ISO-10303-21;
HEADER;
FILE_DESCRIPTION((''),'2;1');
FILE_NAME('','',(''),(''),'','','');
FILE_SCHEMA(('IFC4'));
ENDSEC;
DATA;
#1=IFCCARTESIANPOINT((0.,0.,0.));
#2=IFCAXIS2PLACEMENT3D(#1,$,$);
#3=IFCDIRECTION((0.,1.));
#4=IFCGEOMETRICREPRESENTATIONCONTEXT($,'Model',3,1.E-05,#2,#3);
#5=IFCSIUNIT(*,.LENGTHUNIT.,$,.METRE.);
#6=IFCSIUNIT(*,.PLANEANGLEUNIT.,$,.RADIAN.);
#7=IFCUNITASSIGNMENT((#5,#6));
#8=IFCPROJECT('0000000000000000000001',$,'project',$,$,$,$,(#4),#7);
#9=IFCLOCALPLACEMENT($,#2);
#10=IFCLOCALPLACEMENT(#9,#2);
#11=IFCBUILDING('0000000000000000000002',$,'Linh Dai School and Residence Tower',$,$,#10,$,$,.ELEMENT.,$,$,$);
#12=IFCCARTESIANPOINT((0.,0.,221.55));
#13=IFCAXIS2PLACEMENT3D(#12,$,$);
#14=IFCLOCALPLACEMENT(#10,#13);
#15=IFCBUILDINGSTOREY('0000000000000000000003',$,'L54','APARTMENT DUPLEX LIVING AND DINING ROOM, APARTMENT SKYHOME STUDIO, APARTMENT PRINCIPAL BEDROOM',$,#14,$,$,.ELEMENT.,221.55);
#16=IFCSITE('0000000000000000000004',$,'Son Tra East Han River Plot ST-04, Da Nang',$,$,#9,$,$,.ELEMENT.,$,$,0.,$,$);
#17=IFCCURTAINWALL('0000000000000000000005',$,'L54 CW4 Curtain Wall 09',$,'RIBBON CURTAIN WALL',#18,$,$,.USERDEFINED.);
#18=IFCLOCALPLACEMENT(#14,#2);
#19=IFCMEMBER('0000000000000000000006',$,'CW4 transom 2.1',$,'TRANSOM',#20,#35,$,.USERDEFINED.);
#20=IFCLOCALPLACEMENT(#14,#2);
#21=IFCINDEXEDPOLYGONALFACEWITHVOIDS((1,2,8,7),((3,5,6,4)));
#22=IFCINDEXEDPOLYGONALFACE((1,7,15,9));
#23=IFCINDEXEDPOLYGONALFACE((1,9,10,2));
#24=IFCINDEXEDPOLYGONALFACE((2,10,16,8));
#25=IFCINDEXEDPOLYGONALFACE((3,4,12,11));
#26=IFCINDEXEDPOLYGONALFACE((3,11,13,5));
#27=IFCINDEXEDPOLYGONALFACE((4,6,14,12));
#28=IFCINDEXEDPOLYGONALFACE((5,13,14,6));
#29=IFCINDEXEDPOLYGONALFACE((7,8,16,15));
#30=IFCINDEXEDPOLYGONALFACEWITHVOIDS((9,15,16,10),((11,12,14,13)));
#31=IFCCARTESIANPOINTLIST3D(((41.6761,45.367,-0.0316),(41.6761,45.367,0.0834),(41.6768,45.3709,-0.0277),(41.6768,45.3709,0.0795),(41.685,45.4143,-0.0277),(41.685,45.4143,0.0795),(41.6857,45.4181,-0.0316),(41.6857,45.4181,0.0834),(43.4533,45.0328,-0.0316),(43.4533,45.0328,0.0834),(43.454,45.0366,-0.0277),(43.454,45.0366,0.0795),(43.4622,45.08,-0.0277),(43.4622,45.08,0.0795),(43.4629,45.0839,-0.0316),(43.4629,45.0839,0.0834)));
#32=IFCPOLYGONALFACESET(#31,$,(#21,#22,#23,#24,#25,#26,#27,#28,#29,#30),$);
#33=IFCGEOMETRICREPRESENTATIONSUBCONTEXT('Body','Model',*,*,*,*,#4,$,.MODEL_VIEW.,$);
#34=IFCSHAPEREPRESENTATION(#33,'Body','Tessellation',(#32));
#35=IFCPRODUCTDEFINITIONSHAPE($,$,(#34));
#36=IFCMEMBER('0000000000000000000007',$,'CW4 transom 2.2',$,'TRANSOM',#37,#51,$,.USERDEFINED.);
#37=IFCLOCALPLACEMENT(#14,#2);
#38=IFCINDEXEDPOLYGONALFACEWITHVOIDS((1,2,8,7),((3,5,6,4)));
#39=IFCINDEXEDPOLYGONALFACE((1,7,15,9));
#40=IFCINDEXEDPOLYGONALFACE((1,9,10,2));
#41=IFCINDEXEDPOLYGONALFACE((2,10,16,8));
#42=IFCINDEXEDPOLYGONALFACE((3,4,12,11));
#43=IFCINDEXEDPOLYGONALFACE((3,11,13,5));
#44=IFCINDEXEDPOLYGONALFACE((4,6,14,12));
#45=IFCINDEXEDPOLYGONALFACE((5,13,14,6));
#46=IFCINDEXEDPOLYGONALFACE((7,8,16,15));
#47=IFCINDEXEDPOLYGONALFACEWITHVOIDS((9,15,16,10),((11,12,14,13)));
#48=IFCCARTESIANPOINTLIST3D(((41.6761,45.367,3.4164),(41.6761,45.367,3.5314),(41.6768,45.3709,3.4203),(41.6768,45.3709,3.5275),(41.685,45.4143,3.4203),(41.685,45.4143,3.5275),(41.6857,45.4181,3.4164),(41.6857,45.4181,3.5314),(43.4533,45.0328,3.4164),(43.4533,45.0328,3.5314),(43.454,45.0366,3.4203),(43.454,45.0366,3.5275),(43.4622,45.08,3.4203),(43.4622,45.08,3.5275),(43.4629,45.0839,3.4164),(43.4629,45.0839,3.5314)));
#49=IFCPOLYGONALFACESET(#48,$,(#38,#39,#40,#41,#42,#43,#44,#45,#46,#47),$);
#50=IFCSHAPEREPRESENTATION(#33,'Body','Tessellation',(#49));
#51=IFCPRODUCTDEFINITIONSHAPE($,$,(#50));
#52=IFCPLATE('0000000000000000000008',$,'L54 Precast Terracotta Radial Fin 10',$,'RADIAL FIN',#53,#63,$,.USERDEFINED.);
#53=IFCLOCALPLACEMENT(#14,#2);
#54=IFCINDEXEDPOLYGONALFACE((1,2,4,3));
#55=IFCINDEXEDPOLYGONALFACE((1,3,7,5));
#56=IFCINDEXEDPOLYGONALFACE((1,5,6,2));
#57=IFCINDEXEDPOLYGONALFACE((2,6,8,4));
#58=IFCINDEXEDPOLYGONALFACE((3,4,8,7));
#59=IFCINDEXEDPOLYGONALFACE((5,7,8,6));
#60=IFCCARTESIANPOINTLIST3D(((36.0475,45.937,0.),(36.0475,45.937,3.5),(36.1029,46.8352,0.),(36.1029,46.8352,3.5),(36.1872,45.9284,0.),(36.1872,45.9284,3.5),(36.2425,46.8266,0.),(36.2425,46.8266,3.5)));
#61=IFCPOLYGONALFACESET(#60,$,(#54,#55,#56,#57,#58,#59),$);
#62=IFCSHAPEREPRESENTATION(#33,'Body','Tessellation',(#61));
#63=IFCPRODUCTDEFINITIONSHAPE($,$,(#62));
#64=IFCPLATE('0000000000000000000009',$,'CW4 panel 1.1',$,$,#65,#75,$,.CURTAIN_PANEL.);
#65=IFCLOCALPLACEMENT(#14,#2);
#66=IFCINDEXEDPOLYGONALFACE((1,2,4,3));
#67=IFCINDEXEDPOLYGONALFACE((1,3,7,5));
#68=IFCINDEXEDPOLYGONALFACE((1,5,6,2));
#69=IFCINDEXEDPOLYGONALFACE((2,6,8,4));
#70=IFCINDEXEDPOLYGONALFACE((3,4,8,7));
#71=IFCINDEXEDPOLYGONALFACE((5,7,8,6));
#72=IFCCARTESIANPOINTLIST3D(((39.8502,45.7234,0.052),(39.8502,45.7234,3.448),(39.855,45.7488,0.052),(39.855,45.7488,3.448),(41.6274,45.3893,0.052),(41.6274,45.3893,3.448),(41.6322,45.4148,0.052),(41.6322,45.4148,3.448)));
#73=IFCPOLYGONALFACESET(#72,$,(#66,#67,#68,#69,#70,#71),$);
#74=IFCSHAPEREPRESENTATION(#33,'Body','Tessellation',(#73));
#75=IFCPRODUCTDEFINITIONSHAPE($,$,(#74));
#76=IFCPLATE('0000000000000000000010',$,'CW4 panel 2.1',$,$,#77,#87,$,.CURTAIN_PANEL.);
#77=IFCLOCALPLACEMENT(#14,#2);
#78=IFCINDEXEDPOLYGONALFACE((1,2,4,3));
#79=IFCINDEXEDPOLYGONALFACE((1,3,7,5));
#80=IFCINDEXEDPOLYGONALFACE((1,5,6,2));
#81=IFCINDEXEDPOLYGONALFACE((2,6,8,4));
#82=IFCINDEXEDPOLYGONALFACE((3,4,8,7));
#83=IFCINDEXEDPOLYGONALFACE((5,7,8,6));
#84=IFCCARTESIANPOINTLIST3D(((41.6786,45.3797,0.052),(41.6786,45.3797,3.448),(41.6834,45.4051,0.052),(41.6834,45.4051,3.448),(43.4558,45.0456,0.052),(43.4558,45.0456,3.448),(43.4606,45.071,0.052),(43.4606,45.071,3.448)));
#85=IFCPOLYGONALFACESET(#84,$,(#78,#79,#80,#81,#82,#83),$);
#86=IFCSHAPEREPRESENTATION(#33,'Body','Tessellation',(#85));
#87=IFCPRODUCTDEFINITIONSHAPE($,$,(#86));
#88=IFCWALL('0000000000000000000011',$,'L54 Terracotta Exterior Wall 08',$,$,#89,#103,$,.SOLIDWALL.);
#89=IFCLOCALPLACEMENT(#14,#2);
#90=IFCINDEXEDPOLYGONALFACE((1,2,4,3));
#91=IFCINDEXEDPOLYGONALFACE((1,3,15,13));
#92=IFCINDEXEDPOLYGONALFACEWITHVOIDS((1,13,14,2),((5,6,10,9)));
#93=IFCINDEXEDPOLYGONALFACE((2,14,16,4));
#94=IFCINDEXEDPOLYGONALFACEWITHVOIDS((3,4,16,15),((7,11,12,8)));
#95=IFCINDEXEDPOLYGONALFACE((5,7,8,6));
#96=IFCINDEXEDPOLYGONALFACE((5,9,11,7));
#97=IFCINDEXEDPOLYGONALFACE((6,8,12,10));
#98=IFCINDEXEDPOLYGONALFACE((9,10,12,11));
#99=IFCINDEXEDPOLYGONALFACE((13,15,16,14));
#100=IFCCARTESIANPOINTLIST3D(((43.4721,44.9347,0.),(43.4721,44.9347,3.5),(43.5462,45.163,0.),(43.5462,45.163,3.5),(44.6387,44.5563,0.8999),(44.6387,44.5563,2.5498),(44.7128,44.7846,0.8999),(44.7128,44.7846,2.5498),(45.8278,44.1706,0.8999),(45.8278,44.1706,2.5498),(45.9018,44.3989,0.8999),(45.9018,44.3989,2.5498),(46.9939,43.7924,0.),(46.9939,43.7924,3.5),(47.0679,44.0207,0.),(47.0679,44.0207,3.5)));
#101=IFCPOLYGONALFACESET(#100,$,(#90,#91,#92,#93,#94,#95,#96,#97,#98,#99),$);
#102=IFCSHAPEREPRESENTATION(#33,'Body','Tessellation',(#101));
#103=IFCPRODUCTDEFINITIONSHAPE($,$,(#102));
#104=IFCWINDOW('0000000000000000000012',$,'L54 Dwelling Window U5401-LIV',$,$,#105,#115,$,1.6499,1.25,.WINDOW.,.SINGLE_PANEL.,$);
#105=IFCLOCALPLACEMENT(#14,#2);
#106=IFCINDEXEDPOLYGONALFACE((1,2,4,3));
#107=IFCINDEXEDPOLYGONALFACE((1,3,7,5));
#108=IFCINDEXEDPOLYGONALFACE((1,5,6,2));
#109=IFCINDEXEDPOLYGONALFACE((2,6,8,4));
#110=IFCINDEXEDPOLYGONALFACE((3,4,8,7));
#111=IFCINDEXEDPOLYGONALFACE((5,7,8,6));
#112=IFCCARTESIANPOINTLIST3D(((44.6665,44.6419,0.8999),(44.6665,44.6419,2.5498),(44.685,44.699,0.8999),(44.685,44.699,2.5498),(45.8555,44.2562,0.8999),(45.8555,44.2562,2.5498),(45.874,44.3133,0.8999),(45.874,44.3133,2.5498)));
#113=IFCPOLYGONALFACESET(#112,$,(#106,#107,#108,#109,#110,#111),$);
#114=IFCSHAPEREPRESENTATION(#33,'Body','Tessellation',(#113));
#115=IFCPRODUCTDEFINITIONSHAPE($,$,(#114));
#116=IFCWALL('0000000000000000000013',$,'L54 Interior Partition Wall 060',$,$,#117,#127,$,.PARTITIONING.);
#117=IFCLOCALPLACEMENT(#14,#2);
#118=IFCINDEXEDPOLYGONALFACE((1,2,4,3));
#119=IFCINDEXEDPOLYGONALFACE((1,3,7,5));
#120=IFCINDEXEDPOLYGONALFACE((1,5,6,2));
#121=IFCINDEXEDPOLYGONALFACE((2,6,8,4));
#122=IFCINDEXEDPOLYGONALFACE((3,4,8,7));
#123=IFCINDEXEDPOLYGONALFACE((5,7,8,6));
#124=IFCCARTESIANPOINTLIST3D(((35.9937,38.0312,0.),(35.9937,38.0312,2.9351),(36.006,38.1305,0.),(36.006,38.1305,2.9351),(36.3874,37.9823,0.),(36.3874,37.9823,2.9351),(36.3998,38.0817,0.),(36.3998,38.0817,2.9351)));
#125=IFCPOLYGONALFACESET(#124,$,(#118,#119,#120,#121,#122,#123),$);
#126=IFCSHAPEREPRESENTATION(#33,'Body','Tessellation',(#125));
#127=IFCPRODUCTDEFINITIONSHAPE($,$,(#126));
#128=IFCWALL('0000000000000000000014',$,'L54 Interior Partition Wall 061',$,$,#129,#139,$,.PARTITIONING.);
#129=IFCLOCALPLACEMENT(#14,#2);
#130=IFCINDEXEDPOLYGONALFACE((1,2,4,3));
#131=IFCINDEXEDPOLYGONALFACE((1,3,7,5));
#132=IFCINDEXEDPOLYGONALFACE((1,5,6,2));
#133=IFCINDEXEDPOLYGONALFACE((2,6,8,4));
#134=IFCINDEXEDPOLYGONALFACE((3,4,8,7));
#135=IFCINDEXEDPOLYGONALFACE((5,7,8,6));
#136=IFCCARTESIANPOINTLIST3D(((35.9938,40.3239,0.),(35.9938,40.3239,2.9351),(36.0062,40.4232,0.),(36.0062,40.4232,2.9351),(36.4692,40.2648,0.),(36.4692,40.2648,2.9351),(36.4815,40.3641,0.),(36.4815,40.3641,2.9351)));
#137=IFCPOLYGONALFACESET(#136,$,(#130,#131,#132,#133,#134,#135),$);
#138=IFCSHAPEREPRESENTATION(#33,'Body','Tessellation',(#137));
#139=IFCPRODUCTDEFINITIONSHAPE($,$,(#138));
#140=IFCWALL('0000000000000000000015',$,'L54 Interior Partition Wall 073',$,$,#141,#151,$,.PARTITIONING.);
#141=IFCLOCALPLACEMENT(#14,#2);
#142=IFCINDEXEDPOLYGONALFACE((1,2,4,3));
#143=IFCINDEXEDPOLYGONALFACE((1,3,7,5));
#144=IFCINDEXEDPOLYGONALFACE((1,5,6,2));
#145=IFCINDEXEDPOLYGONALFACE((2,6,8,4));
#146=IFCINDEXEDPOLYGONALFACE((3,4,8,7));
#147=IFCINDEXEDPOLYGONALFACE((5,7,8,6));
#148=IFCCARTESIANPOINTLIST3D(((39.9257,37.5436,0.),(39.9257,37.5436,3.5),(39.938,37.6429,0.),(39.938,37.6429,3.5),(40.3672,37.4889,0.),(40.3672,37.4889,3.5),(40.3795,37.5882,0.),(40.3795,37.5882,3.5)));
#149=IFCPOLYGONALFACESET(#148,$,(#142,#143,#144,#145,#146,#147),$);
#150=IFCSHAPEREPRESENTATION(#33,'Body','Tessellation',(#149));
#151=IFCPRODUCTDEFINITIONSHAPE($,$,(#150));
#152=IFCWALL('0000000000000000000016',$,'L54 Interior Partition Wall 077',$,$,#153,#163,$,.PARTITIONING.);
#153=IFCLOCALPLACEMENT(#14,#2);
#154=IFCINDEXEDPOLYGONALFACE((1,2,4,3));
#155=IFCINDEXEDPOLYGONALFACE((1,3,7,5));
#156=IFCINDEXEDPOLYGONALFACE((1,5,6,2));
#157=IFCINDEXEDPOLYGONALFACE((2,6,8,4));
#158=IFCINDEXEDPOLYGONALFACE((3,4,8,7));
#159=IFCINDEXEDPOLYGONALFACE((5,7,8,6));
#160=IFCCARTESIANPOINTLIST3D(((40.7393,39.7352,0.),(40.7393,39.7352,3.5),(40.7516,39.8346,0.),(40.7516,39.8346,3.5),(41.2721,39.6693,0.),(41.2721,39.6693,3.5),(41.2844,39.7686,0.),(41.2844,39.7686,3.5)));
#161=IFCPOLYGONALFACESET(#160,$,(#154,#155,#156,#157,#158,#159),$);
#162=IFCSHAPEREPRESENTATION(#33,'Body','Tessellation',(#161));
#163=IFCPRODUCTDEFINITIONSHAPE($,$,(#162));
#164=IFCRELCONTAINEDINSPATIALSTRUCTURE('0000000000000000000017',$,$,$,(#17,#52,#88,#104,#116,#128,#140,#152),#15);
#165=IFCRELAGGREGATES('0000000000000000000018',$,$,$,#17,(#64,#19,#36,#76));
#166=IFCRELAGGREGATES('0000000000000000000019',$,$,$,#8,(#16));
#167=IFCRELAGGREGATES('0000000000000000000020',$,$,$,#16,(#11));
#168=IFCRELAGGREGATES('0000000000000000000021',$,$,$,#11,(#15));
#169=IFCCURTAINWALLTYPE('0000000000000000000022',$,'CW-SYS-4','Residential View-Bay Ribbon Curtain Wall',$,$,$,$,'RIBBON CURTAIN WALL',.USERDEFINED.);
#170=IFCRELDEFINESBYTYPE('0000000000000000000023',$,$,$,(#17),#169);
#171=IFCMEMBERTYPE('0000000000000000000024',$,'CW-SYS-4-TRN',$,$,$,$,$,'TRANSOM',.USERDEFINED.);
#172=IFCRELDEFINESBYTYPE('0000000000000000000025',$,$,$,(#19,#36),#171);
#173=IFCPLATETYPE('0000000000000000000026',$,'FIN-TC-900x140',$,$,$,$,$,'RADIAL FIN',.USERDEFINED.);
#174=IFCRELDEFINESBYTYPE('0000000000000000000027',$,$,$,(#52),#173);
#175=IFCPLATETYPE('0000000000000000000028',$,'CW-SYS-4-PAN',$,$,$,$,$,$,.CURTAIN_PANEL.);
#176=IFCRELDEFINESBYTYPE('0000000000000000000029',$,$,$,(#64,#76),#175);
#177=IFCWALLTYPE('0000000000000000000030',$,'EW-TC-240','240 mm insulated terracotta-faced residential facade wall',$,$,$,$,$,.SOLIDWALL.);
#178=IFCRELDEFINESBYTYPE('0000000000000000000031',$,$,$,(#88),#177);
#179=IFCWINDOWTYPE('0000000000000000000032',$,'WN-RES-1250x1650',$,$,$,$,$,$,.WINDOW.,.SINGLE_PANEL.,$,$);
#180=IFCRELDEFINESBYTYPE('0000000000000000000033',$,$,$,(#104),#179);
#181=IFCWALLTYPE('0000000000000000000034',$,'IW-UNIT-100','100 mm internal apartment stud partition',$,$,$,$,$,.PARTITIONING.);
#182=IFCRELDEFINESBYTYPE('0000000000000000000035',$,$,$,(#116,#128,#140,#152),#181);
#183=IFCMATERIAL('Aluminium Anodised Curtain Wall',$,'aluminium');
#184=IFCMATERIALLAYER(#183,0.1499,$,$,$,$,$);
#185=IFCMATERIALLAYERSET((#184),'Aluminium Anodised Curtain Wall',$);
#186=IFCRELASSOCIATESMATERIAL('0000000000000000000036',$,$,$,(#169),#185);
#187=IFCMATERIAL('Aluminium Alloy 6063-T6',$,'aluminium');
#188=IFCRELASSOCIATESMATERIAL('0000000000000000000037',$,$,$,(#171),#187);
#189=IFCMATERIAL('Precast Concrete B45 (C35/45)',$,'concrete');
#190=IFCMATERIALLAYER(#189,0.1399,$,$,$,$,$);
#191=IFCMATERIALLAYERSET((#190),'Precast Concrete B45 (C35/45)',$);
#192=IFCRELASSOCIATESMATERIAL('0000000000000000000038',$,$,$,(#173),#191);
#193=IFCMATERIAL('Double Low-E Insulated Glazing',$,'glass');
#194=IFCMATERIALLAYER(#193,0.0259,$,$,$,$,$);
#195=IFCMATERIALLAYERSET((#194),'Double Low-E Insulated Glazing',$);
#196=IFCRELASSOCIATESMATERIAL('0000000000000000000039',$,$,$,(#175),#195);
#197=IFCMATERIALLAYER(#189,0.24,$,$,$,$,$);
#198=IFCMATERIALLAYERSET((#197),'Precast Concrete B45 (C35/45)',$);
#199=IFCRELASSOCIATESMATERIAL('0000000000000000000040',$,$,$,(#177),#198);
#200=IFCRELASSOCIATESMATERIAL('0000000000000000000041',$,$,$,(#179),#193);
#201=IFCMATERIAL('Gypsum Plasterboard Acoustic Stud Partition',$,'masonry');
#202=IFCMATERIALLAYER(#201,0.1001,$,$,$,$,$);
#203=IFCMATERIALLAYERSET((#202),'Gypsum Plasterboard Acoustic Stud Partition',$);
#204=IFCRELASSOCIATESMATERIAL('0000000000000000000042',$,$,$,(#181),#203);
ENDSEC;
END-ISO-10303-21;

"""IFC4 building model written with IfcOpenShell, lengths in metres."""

from ifc_helpers import new_model, si_unit, direction, frame, frame_2d, origin, origin_2d, place, context, subcontext, project, spatial, rectangle, hollow_rectangle, extrude, source, transform, mapped, material, layer, layer_set, material_profile, profile_set, type_object, element, fill, aggregate, save


model = new_model("IFC4")

# Units and contexts
model_context = context("Model", 3, precision=1e-05, world=origin(), true_north=direction((0.0, 1.0)))
body_context = subcontext(model_context, "Body", "Model", "MODEL_VIEW")
ifc_project = project(units=[si_unit("LENGTHUNIT", "METRE"), si_unit("PLANEANGLEUNIT", "RADIAN")], contexts=[model_context])

# Site, building, storey
site_placement = place(None, origin())
site = spatial("IfcSite", under=ifc_project, at=site_placement, Name="Son Tra East Han River Plot ST-04, Da Nang", CompositionType="ELEMENT", RefElevation=0.0)
building_placement = place(site_placement, origin())
building = spatial("IfcBuilding", under=site, at=building_placement, Name="Linh Dai School and Residence Tower", CompositionType="ELEMENT")
storey_placement = place(building_placement, frame((0.0, 0.0, 221.55)))
storey = spatial("IfcBuildingStorey", under=building, at=storey_placement, Name="L54", Description="APARTMENT DUPLEX LIVING AND DINING ROOM, APARTMENT SKYHOME STUDIO, APARTMENT PRINCIPAL BEDROOM", CompositionType="ELEMENT", Elevation=221.55)

# Curtain wall, members
ifc_material_1 = material(Name="Aluminium Anodised Curtain Wall", Category="aluminium")
ifc_layer_1 = layer(ifc_material_1, 0.1499)
ifc_layer_set_1 = layer_set([ifc_layer_1], Name="Aluminium Anodised Curtain Wall")
curtain_wall_type = type_object("IfcCurtainWallType", Name="CW-SYS-4", Description="Residential View-Bay Ribbon Curtain Wall", ElementType="RIBBON CURTAIN WALL", PredefinedType="USERDEFINED", material=ifc_layer_set_1)
curtain_wall_placement = place(storey_placement, origin())
curtain_wall = element("IfcCurtainWall", 1, at=curtain_wall_placement, inside=storey, type_object=curtain_wall_type, Name="L54 CW4 Curtain Wall 09", ObjectType="RIBBON CURTAIN WALL", PredefinedType="USERDEFINED")
ifc_material_2 = material(Name="Aluminium Alloy 6063-T6", Category="aluminium")
ifc_material_profile_1 = material_profile(ifc_material_2, hollow_rectangle(XDim=0.052, YDim=0.115, WallThickness=0.0039, at=origin_2d()), Name="RHS 115x52x4")
ifc_profile_set_1 = profile_set([ifc_material_profile_1], Name="Aluminium Alloy 6063-T6")
member_type_1 = type_object("IfcMemberType", Name="CW-SYS-4-TRN", ElementType="TRANSOM", PredefinedType="USERDEFINED", material=ifc_profile_set_1)
shared_shape_1 = source(origin(), body_context, "Body", "SweptSolid", [
    extrude(hollow_rectangle(XDim=0.052, YDim=0.115, WallThickness=0.0039, at=origin_2d()), origin(), (0.0, 0.0, 1.0), 1.8083),
])
member_1_placement = place(storey_placement, frame((41.6809, 45.3926, 0.0259), z_axis=(0.98277, -0.184835, 0.0), x_axis=(0.184835, 0.98277, 0.0)))
member_1 = element("IfcMember", 2, at=member_1_placement, type_object=member_type_1, Name="CW4 transom 2.1", ObjectType="TRANSOM", PredefinedType="USERDEFINED", context=body_context, shape_type="MappedRepresentation", body=[
    mapped(shared_shape_1, transform((0.0, 0.0, 0.0), x_axis=(1.0, 0.0, 0.0), y_axis=(0.0, 1.0, 0.0), z_axis=(0.0, 0.0, 1.0), scale=1.0)),
])
member_2_placement = place(storey_placement, frame((41.6809, 45.3926, 3.4739), z_axis=(0.98277, -0.184835, 0.0), x_axis=(0.184835, 0.98277, 0.0)))
member_2 = element("IfcMember", 3, at=member_2_placement, type_object=member_type_1, Name="CW4 transom 2.2", ObjectType="TRANSOM", PredefinedType="USERDEFINED", context=body_context, shape_type="MappedRepresentation", body=[
    mapped(shared_shape_1, transform((0.0, 0.0, 0.0), x_axis=(1.0, 0.0, 0.0), y_axis=(0.0, 1.0, 0.0), z_axis=(0.0, 0.0, 1.0), scale=1.0)),
])

# Plates
ifc_material_3 = material(Name="Precast Concrete B45 (C35/45)", Category="concrete")
ifc_layer_2 = layer(ifc_material_3, 0.1399)
ifc_layer_set_2 = layer_set([ifc_layer_2], Name="Precast Concrete B45 (C35/45)")
plate_type_1 = type_object("IfcPlateType", Name="FIN-TC-900x140", ElementType="RADIAL FIN", PredefinedType="USERDEFINED", material=ifc_layer_set_2)
shared_shape_2 = source(origin(), body_context, "Body", "SweptSolid", [
    extrude(rectangle(XDim=0.8999, YDim=0.1399, at=origin_2d()), origin(), (0.0, 0.0, 1.0), 3.5),
])
plate_1_placement = place(storey_placement, frame((36.145, 46.3818, 0.0), z_axis=(0.0, 0.0, 1.0), x_axis=(0.061504, 0.998107, 0.0)))
element("IfcPlate", 4, at=plate_1_placement, inside=storey, type_object=plate_type_1, Name="L54 Precast Terracotta Radial Fin 10", ObjectType="RADIAL FIN", PredefinedType="USERDEFINED", context=body_context, shape_type="MappedRepresentation", body=[
    mapped(shared_shape_2, transform((0.0, 0.0, 0.0), x_axis=(1.0, 0.0, 0.0), y_axis=(0.0, 1.0, 0.0), z_axis=(0.0, 0.0, 1.0), scale=1.0)),
])
ifc_material_4 = material(Name="Double Low-E Insulated Glazing", Category="glass")
ifc_layer_3 = layer(ifc_material_4, 0.0259)
ifc_layer_set_3 = layer_set([ifc_layer_3], Name="Double Low-E Insulated Glazing")
plate_type_2 = type_object("IfcPlateType", Name="CW-SYS-4-PAN", PredefinedType="CURTAIN_PANEL", material=ifc_layer_set_3)
shared_shape_3 = source(origin(), body_context, "Body", "SweptSolid", [
    extrude(rectangle(XDim=1.8083, YDim=0.0259, at=origin_2d()), origin(), (0.0, 0.0, 1.0), 3.396),
])
plate_2_placement = place(storey_placement, frame((40.7412, 45.5691, 0.052), z_axis=(0.0, 0.0, 1.0), x_axis=(0.982787, -0.184744, 0.0)))
plate_2 = element("IfcPlate", 5, at=plate_2_placement, type_object=plate_type_2, Name="CW4 panel 1.1", PredefinedType="CURTAIN_PANEL", context=body_context, shape_type="MappedRepresentation", body=[
    mapped(shared_shape_3, transform((0.0, 0.0, 0.0), x_axis=(1.0, 0.0, 0.0), y_axis=(0.0, 1.0, 0.0), z_axis=(0.0, 0.0, 1.0), scale=1.0)),
])
plate_3_placement = place(storey_placement, frame((42.5696, 45.2253, 0.052), z_axis=(0.0, 0.0, 1.0), x_axis=(0.982787, -0.184744, 0.0)))
plate_3 = element("IfcPlate", 6, at=plate_3_placement, type_object=plate_type_2, Name="CW4 panel 2.1", PredefinedType="CURTAIN_PANEL", context=body_context, shape_type="MappedRepresentation", body=[
    mapped(shared_shape_3, transform((0.0, 0.0, 0.0), x_axis=(1.0, 0.0, 0.0), y_axis=(0.0, 1.0, 0.0), z_axis=(0.0, 0.0, 1.0), scale=1.0)),
])
aggregate(curtain_wall, [plate_2, member_1, member_2, plate_3])

# Wall, opening, window
ifc_layer_4 = layer(ifc_material_3, 0.24)
ifc_layer_set_4 = layer_set([ifc_layer_4], Name="Precast Concrete B45 (C35/45)")
wall_type_1 = type_object("IfcWallType", Name="EW-TC-240", Description="240 mm insulated terracotta-faced residential facade wall", PredefinedType="SOLIDWALL", material=ifc_layer_set_4)
wall_1_placement = place(storey_placement, frame((43.5093, 45.0488, 0.0), z_axis=(0.0, 0.0, 1.0), x_axis=(0.951211, -0.308542, 0.0)))
wall_1 = element("IfcWall", 7, at=wall_1_placement, inside=storey, type_object=wall_type_1, Name="L54 Terracotta Exterior Wall 08", PredefinedType="SOLIDWALL", context=body_context, shape_type="SweptSolid", body=[
    extrude(rectangle(XDim=3.7024, YDim=0.24, at=frame_2d((1.8511, 0.0))), origin(), (0.0, 0.0, 1.0), 3.5),
])
opening_1_placement = place(wall_1_placement, frame((1.2263, 0.0, 0.8999)))
opening_1 = element("IfcOpeningElement", 8, at=opening_1_placement, cuts=wall_1, PredefinedType="OPENING", context=body_context, shape_type="SweptSolid", body=[
    extrude(rectangle(XDim=1.25, YDim=1.6499, at=origin_2d()), frame((0.625, 0.1299, 0.825), z_axis=(0.0, -1.0, 0.0), x_axis=(1.0, 0.0, 0.0)), (0.0, 0.0, 1.0), 0.26),
])
window_type = type_object("IfcWindowType", Name="WN-RES-1250x1650", PartitioningType="SINGLE_PANEL", PredefinedType="WINDOW", material=ifc_material_4)
shared_shape_4 = source(origin(), body_context, "Body", "SweptSolid", [
    extrude(rectangle(XDim=1.25, YDim=1.6499, at=origin_2d()), frame((0.625, 0.03, 0.825), z_axis=(0.0, -1.0, 0.0), x_axis=(1.0, 0.0, 0.0)), (0.0, 0.0, 1.0), 0.0601),
])
window_placement = place(opening_1_placement, origin())
window = element("IfcWindow", 9, at=window_placement, inside=storey, type_object=window_type, Name="L54 Dwelling Window U5401-LIV", OverallHeight=1.6499, OverallWidth=1.25, PartitioningType="SINGLE_PANEL", PredefinedType="WINDOW", context=body_context, shape_type="MappedRepresentation", body=[
    mapped(shared_shape_4, transform((0.0, 0.0, 0.0), x_axis=(1.0, 0.0, 0.0), y_axis=(0.0, 1.0, 0.0), z_axis=(0.0, 0.0, 1.0), scale=1.0)),
])
fill(opening_1, window)

# Walls
ifc_material_5 = material(Name="Gypsum Plasterboard Acoustic Stud Partition", Category="masonry")
ifc_layer_5 = layer(ifc_material_5, 0.1001)
ifc_layer_set_5 = layer_set([ifc_layer_5], Name="Gypsum Plasterboard Acoustic Stud Partition")
wall_type_2 = type_object("IfcWallType", Name="IW-UNIT-100", Description="100 mm internal apartment stud partition", PredefinedType="PARTITIONING", material=ifc_layer_set_5)
wall_2_placement = place(storey_placement, frame((36.0, 38.0808, 0.0), z_axis=(0.0, 0.0, 1.0), x_axis=(0.9924, -0.12305, 0.0)))
element("IfcWall", 10, at=wall_2_placement, inside=storey, type_object=wall_type_2, Name="L54 Interior Partition Wall 060", PredefinedType="PARTITIONING", context=body_context, shape_type="SweptSolid", body=[
    extrude(rectangle(XDim=0.3967, YDim=0.1001, at=frame_2d((0.1982, 0.0))), origin(), (0.0, 0.0, 1.0), 2.9351),
])
wall_3_placement = place(storey_placement, frame((36.0, 40.3735, 0.0), z_axis=(0.0, 0.0, 1.0), x_axis=(0.992364, -0.123345, 0.0)))
element("IfcWall", 11, at=wall_3_placement, inside=storey, type_object=wall_type_2, Name="L54 Interior Partition Wall 061", PredefinedType="PARTITIONING", context=body_context, shape_type="SweptSolid", body=[
    extrude(rectangle(XDim=0.479, YDim=0.1001, at=frame_2d((0.2395, 0.0))), origin(), (0.0, 0.0, 1.0), 2.9351),
])
wall_4_placement = place(storey_placement, frame((39.9319, 37.5933, 0.0), z_axis=(0.0, 0.0, 1.0), x_axis=(0.992412, -0.122954, 0.0)))
element("IfcWall", 12, at=wall_4_placement, inside=storey, type_object=wall_type_2, Name="L54 Interior Partition Wall 073", PredefinedType="PARTITIONING", context=body_context, shape_type="SweptSolid", body=[
    extrude(rectangle(XDim=0.4448, YDim=0.1001, at=frame_2d((0.2224, 0.0))), origin(), (0.0, 0.0, 1.0), 3.5),
])
wall_5_placement = place(storey_placement, frame((40.7454, 39.7849, 0.0), z_axis=(0.0, 0.0, 1.0), x_axis=(0.992431, -0.122803, 0.0)))
element("IfcWall", 13, at=wall_5_placement, inside=storey, type_object=wall_type_2, Name="L54 Interior Partition Wall 077", PredefinedType="PARTITIONING", context=body_context, shape_type="SweptSolid", body=[
    extrude(rectangle(XDim=0.5369, YDim=0.1001, at=frame_2d((0.2686, 0.0))), origin(), (0.0, 0.0, 1.0), 3.5),
])

save(model, "model.ifc")
